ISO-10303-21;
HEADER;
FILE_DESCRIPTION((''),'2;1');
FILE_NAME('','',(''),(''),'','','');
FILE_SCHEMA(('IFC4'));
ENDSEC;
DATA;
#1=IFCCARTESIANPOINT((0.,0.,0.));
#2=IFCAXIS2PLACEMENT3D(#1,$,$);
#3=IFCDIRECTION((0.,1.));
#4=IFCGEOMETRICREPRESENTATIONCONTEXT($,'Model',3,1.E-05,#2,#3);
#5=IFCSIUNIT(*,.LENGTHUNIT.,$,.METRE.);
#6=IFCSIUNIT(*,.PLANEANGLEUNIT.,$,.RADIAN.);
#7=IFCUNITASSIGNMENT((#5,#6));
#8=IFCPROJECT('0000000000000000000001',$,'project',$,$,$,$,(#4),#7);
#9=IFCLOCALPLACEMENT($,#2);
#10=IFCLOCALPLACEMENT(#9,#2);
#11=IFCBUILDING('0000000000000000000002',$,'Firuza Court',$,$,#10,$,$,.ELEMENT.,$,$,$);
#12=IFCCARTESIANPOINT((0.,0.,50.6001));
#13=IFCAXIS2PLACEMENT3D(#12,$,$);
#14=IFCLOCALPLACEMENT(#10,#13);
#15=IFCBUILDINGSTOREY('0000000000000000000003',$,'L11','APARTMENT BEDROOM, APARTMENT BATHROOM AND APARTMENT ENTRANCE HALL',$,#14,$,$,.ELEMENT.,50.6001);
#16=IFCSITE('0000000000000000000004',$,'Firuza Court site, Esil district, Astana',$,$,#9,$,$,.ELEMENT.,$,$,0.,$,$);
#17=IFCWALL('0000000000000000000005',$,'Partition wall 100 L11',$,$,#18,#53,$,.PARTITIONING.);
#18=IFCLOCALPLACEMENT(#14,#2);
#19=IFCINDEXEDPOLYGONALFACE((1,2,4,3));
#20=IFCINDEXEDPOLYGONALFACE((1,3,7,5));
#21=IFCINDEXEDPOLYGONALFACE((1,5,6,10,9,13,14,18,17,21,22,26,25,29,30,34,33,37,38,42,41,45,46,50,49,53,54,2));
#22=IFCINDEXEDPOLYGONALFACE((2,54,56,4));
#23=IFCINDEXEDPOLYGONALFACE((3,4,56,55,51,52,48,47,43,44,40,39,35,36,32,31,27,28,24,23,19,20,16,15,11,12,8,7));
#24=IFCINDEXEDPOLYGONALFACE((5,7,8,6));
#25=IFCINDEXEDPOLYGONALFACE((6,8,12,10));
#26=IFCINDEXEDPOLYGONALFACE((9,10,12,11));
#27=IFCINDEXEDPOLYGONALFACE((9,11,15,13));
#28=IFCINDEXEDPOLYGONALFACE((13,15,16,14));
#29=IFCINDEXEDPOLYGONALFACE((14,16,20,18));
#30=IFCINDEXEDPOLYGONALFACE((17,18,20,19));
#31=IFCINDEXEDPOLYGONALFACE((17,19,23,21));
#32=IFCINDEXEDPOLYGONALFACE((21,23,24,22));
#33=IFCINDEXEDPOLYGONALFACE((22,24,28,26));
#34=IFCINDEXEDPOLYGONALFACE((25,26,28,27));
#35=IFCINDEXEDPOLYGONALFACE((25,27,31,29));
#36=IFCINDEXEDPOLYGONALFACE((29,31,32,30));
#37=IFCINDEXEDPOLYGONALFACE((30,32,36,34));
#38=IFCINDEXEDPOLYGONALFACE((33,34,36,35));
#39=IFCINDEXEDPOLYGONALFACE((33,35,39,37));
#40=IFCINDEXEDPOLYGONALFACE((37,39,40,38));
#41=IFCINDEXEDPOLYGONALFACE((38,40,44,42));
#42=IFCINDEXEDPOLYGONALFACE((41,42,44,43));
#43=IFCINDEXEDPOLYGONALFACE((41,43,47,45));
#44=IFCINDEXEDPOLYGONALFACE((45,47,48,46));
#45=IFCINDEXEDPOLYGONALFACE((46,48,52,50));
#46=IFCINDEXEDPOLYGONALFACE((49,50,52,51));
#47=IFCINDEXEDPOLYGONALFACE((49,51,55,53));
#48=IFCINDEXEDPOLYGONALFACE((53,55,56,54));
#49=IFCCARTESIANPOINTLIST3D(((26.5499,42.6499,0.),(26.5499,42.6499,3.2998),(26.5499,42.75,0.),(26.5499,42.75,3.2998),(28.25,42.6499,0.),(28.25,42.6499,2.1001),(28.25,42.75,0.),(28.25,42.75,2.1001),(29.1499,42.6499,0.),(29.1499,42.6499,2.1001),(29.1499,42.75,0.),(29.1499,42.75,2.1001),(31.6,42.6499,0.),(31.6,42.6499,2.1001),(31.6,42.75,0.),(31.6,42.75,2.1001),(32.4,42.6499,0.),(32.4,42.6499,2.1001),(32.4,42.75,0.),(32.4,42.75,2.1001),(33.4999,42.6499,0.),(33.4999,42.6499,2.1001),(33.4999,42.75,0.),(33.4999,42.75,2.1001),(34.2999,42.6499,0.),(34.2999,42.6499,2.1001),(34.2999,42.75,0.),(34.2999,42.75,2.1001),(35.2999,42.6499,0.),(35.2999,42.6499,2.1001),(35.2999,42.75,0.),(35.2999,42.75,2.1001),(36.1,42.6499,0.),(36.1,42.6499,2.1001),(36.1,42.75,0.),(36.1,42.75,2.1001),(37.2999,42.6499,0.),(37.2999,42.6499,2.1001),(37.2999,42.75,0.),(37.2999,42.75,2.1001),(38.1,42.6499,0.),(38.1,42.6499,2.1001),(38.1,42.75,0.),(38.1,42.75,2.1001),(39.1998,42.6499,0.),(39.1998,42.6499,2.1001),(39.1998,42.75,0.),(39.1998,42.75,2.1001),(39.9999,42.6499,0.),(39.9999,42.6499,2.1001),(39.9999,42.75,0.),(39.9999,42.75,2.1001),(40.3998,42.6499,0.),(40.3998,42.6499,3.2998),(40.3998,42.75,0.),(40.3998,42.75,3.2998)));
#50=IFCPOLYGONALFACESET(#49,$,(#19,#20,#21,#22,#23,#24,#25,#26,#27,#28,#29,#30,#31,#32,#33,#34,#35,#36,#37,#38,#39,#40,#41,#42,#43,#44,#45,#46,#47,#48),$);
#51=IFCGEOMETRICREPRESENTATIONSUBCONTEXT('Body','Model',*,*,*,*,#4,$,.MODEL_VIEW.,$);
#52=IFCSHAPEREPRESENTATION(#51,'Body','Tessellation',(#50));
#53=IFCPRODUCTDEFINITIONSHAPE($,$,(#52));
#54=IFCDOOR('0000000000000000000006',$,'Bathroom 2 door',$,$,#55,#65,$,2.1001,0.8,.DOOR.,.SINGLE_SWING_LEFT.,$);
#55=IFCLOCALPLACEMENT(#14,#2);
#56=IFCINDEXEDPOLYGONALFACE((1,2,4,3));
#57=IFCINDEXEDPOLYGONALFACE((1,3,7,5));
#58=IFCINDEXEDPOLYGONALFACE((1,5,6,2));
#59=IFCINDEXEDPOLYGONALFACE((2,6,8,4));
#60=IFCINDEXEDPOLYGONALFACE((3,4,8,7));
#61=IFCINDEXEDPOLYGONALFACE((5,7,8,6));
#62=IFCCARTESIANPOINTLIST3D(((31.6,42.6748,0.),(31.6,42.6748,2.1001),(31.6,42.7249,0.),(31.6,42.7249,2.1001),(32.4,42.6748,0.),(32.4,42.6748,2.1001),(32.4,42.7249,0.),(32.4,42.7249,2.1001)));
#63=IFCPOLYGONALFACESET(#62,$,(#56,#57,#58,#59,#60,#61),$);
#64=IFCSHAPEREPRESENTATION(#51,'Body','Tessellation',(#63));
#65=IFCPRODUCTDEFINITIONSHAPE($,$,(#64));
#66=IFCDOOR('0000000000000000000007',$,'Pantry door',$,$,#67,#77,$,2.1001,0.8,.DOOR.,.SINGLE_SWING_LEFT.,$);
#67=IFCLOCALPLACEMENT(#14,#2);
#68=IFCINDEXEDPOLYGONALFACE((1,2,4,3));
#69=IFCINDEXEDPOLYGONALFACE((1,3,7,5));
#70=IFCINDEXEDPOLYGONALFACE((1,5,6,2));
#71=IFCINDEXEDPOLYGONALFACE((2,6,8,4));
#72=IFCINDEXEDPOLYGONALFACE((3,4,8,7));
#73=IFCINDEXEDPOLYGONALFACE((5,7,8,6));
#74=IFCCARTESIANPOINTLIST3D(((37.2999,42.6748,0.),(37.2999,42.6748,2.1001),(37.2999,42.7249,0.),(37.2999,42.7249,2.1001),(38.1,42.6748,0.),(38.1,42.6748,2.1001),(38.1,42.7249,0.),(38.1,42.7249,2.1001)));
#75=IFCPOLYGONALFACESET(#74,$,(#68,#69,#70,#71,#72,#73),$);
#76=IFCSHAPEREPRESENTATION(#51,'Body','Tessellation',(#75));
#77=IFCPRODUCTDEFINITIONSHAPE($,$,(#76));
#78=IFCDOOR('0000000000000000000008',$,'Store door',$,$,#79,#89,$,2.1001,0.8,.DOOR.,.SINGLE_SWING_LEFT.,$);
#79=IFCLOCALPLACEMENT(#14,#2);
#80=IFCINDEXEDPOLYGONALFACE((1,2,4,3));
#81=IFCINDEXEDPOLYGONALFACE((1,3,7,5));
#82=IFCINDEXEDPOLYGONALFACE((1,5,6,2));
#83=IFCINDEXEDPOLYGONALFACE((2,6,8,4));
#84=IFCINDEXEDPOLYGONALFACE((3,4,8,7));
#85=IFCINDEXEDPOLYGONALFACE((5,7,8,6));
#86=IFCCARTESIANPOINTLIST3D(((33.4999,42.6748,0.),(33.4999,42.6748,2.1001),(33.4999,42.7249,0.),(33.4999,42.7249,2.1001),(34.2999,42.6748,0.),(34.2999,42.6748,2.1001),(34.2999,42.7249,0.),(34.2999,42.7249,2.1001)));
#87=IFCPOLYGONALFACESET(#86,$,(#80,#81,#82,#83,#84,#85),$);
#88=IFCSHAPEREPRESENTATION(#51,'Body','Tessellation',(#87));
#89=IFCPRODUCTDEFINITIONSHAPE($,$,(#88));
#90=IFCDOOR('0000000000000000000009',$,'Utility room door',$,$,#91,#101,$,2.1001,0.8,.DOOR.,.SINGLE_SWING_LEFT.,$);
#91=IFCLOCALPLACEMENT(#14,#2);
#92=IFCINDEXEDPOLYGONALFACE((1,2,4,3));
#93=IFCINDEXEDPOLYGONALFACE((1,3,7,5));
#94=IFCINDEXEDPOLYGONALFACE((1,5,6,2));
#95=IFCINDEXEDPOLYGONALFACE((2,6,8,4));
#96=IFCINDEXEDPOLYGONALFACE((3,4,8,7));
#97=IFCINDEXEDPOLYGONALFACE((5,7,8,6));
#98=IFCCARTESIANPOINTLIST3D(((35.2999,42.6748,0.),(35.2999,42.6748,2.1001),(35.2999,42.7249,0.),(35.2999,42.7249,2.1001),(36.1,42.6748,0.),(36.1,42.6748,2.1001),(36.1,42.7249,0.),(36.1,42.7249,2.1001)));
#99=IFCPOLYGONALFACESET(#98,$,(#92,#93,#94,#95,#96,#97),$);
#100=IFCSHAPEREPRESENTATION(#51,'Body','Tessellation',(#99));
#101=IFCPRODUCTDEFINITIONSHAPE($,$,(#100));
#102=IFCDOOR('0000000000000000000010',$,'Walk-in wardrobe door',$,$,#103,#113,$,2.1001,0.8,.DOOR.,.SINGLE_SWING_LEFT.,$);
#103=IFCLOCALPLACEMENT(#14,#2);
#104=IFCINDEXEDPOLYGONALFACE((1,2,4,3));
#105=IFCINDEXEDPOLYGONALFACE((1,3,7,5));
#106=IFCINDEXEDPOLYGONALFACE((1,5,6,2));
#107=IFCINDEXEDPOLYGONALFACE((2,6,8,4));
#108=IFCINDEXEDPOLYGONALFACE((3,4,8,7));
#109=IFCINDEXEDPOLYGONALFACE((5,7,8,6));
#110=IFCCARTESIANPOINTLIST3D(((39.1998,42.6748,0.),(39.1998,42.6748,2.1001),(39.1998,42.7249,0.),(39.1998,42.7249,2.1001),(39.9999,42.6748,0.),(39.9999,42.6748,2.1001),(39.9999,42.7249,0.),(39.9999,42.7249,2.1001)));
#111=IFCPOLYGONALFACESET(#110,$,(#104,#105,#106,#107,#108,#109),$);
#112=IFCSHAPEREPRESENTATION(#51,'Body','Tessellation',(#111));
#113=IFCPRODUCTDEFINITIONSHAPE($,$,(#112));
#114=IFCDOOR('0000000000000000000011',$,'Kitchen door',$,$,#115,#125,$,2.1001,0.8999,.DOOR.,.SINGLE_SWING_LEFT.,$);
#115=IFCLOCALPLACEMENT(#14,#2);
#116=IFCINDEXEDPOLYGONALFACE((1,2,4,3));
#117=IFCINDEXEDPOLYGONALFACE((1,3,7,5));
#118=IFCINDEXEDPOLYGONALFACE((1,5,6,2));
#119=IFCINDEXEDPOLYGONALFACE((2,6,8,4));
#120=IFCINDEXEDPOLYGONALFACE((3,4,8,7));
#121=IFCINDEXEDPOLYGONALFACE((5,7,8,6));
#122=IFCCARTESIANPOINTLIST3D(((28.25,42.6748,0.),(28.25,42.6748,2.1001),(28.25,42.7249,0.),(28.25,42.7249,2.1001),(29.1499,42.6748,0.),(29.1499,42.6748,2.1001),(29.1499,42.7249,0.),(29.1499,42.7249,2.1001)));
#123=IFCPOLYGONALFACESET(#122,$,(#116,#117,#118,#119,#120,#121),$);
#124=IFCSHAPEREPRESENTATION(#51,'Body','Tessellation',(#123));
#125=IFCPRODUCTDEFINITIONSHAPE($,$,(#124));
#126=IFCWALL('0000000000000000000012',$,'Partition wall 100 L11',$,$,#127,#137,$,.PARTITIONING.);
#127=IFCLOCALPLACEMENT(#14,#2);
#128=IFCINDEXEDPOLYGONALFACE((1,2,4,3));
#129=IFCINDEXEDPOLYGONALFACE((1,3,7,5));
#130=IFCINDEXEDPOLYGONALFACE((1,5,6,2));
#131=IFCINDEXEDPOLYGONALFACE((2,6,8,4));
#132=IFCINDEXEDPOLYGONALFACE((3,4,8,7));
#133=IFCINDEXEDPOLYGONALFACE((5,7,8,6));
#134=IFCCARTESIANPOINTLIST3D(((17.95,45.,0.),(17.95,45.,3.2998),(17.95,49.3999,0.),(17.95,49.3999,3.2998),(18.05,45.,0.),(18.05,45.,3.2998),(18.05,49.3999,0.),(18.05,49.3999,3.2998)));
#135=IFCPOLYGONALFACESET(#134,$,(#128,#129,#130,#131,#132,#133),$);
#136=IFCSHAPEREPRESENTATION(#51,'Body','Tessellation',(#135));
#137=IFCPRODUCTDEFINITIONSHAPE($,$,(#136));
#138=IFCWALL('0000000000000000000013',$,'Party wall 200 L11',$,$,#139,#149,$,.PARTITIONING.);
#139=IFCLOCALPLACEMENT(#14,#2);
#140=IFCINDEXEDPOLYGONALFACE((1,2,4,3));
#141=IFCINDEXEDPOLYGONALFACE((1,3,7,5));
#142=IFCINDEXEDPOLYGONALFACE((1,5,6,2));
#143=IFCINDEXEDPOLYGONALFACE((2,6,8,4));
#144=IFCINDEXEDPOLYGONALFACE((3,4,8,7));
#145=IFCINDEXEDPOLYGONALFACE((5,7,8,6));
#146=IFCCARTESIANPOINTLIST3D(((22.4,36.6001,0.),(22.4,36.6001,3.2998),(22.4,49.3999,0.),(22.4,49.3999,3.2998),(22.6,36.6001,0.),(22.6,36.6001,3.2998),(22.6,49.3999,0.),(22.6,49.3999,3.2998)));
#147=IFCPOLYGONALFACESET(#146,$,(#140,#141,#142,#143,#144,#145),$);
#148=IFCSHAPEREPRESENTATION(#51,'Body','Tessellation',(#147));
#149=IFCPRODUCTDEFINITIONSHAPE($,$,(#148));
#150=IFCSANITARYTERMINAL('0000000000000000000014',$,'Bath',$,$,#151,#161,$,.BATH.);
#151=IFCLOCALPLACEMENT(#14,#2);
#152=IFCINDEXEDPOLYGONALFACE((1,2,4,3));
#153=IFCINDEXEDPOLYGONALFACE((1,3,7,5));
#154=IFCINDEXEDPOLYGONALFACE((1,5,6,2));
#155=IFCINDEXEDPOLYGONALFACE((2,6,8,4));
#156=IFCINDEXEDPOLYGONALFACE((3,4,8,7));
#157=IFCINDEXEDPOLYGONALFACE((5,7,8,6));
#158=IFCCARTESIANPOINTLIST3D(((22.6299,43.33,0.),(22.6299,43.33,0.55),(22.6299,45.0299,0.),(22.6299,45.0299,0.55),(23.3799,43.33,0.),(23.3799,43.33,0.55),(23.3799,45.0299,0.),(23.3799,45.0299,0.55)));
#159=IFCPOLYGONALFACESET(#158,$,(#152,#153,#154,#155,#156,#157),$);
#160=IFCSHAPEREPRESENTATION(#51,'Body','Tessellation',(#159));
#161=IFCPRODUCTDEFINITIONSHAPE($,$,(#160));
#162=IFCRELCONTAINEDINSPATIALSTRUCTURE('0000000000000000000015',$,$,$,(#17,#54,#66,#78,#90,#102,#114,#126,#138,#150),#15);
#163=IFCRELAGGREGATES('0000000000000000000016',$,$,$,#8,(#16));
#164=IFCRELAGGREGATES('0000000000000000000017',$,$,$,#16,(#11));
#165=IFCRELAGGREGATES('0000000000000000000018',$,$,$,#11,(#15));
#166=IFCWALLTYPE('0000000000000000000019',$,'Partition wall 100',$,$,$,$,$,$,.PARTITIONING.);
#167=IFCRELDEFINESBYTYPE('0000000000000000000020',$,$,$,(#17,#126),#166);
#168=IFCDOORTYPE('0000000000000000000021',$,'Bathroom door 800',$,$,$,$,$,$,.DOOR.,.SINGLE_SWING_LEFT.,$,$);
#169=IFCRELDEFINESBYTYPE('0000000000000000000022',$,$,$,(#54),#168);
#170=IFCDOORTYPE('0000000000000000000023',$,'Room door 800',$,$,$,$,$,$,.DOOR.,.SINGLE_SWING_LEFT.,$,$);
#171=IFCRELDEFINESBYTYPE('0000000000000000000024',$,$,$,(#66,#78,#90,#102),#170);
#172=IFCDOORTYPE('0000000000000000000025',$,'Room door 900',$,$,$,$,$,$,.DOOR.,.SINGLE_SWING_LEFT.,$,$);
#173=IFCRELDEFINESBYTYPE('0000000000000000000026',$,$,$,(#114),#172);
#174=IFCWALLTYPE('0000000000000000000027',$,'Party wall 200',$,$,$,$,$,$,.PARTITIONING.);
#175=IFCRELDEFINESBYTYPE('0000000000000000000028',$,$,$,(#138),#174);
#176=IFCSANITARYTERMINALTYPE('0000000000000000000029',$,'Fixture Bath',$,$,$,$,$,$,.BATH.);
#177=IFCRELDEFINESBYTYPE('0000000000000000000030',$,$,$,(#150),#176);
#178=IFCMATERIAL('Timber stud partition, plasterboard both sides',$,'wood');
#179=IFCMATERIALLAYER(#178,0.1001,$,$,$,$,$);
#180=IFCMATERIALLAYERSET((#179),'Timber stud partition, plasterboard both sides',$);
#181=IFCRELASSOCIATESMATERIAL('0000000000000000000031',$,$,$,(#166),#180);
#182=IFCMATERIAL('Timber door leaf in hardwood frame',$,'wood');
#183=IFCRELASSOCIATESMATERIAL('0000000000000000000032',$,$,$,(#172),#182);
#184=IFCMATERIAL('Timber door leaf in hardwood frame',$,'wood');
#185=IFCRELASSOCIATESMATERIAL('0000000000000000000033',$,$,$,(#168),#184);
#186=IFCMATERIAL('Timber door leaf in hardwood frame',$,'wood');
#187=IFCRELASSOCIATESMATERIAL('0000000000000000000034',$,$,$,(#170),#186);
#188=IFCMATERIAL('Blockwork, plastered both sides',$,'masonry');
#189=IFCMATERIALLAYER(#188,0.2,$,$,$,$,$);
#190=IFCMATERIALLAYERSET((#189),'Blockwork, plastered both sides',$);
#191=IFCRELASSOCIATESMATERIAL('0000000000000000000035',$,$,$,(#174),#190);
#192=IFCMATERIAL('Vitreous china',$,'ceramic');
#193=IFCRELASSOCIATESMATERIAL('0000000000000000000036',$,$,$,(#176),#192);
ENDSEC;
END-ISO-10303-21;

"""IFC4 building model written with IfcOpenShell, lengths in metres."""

from ifc_helpers import new_model, si_unit, direction, frame, frame_2d, origin, origin_2d, place, context, subcontext, project, spatial, rectangle, extrude, material, layer, layer_set, type_object, element, fill, save


model = new_model("IFC4")

# Units and contexts
model_context = context("Model", 3, precision=1e-05, world=origin(), true_north=direction((0.0, 1.0)))
body_context = subcontext(model_context, "Body", "Model", "MODEL_VIEW")
ifc_project = project(units=[si_unit("LENGTHUNIT", "METRE"), si_unit("PLANEANGLEUNIT", "RADIAN")], contexts=[model_context])

# Site, building, storey
site_placement = place(None, origin())
site = spatial("IfcSite", under=ifc_project, at=site_placement, Name="Firuza Court site, Esil district, Astana", CompositionType="ELEMENT", RefElevation=0.0)
building_placement = place(site_placement, origin())
building = spatial("IfcBuilding", under=site, at=building_placement, Name="Firuza Court", CompositionType="ELEMENT")
storey_placement = place(building_placement, frame((0.0, 0.0, 50.6001)))
storey = spatial("IfcBuildingStorey", under=building, at=storey_placement, Name="L11", Description="APARTMENT BEDROOM, APARTMENT BATHROOM AND APARTMENT ENTRANCE HALL", CompositionType="ELEMENT", Elevation=50.6001)

# Shared definitions
ifc_material_1 = material(Name="Timber stud partition, plasterboard both sides", Category="wood")
ifc_layer_1 = layer(ifc_material_1, 0.1001)
ifc_layer_set_1 = layer_set([ifc_layer_1], Name="Timber stud partition, plasterboard both sides")
wall_type_1 = type_object("IfcWallType", Name="Partition wall 100", PredefinedType="PARTITIONING", material=ifc_layer_set_1)

# Shared definitions
ifc_material_2 = material(Name="Timber door leaf in hardwood frame", Category="wood")
door_type_1 = type_object("IfcDoorType", Name="Room door 900", OperationType="SINGLE_SWING_LEFT", PredefinedType="DOOR", material=ifc_material_2)

# Shared definitions
ifc_material_3 = material(Name="Timber door leaf in hardwood frame", Category="wood")
door_type_2 = type_object("IfcDoorType", Name="Bathroom door 800", OperationType="SINGLE_SWING_LEFT", PredefinedType="DOOR", material=ifc_material_3)

# Wall, openings, doors
wall_1_placement = place(storey_placement, frame((26.55, 42.7, 0.0), z_axis=(0.0, 0.0, 1.0), x_axis=(1.0, 0.0, 0.0)))
wall_1 = element("IfcWall", 1, at=wall_1_placement, inside=storey, type_object=wall_type_1, Name="Partition wall 100 L11", PredefinedType="PARTITIONING", context=body_context, shape_type="SweptSolid", body=[
    extrude(rectangle(XDim=13.8499, YDim=0.1001, at=frame_2d((6.9248, 0.0))), origin(), (0.0, 0.0, 1.0), 3.2998),
])
opening_1_placement = place(wall_1_placement, frame((5.05, 0.0, 0.0)))
opening_1 = element("IfcOpeningElement", 2, at=opening_1_placement, cuts=wall_1, PredefinedType="OPENING", context=body_context, shape_type="SweptSolid", body=[
    extrude(rectangle(XDim=0.8, YDim=2.1001, at=frame_2d((0.3999, 1.05))), frame((0.0, 0.062, 0.0), z_axis=(0.0, -1.0, 0.0), x_axis=(1.0, 0.0, 0.0)), (0.0, 0.0, 1.0), 0.124),
])
opening_2_placement = place(wall_1_placement, frame((1.7, 0.0, 0.0)))
opening_2 = element("IfcOpeningElement", 3, at=opening_2_placement, cuts=wall_1, PredefinedType="OPENING", context=body_context, shape_type="SweptSolid", body=[
    extrude(rectangle(XDim=0.8999, YDim=2.1001, at=frame_2d((0.45, 1.05))), frame((0.0, 0.062, 0.0), z_axis=(0.0, -1.0, 0.0), x_axis=(1.0, 0.0, 0.0)), (0.0, 0.0, 1.0), 0.124),
])
opening_3_placement = place(wall_1_placement, frame((10.75, 0.0, 0.0)))
opening_3 = element("IfcOpeningElement", 4, at=opening_3_placement, cuts=wall_1, PredefinedType="OPENING", context=body_context, shape_type="SweptSolid", body=[
    extrude(rectangle(XDim=0.8, YDim=2.1001, at=frame_2d((0.3999, 1.05))), frame((0.0, 0.062, 0.0), z_axis=(0.0, -1.0, 0.0), x_axis=(1.0, 0.0, 0.0)), (0.0, 0.0, 1.0), 0.124),
])
opening_4_placement = place(wall_1_placement, frame((6.95, 0.0, 0.0)))
opening_4 = element("IfcOpeningElement", 5, at=opening_4_placement, cuts=wall_1, PredefinedType="OPENING", context=body_context, shape_type="SweptSolid", body=[
    extrude(rectangle(XDim=0.8, YDim=2.1001, at=frame_2d((0.3999, 1.05))), frame((0.0, 0.062, 0.0), z_axis=(0.0, -1.0, 0.0), x_axis=(1.0, 0.0, 0.0)), (0.0, 0.0, 1.0), 0.124),
])
opening_5_placement = place(wall_1_placement, frame((8.75, 0.0, 0.0)))
opening_5 = element("IfcOpeningElement", 6, at=opening_5_placement, cuts=wall_1, PredefinedType="OPENING", context=body_context, shape_type="SweptSolid", body=[
    extrude(rectangle(XDim=0.8, YDim=2.1001, at=frame_2d((0.3999, 1.05))), frame((0.0, 0.062, 0.0), z_axis=(0.0, -1.0, 0.0), x_axis=(1.0, 0.0, 0.0)), (0.0, 0.0, 1.0), 0.124),
])
opening_6_placement = place(wall_1_placement, frame((12.6499, 0.0, 0.0)))
opening_6 = element("IfcOpeningElement", 7, at=opening_6_placement, cuts=wall_1, PredefinedType="OPENING", context=body_context, shape_type="SweptSolid", body=[
    extrude(rectangle(XDim=0.8, YDim=2.1001, at=frame_2d((0.3999, 1.05))), frame((0.0, 0.062, 0.0), z_axis=(0.0, -1.0, 0.0), x_axis=(1.0, 0.0, 0.0)), (0.0, 0.0, 1.0), 0.124),
])
door_1_placement = place(opening_1_placement, origin())
door_1 = element("IfcDoor", 8, at=door_1_placement, inside=storey, type_object=door_type_2, Name="Bathroom 2 door", OperationType="SINGLE_SWING_LEFT", OverallHeight=2.1001, OverallWidth=0.8, PredefinedType="DOOR", context=body_context, shape_type="SweptSolid", body=[
    extrude(rectangle(XDim=0.8, YDim=2.1001, at=frame_2d((0.3999, 1.05))), frame((0.0, 0.0249, 0.0), z_axis=(0.0, -1.0, 0.0), x_axis=(1.0, 0.0, 0.0)), (0.0, 0.0, 1.0), 0.05),
])
fill(opening_1, door_1)
ifc_material_4 = material(Name="Timber door leaf in hardwood frame", Category="wood")
door_type_3 = type_object("IfcDoorType", Name="Room door 800", OperationType="SINGLE_SWING_LEFT", PredefinedType="DOOR", material=ifc_material_4)
door_2_placement = place(opening_3_placement, origin())
door_2 = element("IfcDoor", 9, at=door_2_placement, inside=storey, type_object=door_type_3, Name="Pantry door", OperationType="SINGLE_SWING_LEFT", OverallHeight=2.1001, OverallWidth=0.8, PredefinedType="DOOR", context=body_context, shape_type="SweptSolid", body=[
    extrude(rectangle(XDim=0.8, YDim=2.1001, at=frame_2d((0.3999, 1.05))), frame((0.0, 0.0249, 0.0), z_axis=(0.0, -1.0, 0.0), x_axis=(1.0, 0.0, 0.0)), (0.0, 0.0, 1.0), 0.05),
])
fill(opening_3, door_2)
door_3_placement = place(opening_4_placement, origin())
door_3 = element("IfcDoor", 10, at=door_3_placement, inside=storey, type_object=door_type_3, Name="Store door", OperationType="SINGLE_SWING_LEFT", OverallHeight=2.1001, OverallWidth=0.8, PredefinedType="DOOR", context=body_context, shape_type="SweptSolid", body=[
    extrude(rectangle(XDim=0.8, YDim=2.1001, at=frame_2d((0.3999, 1.05))), frame((0.0, 0.0249, 0.0), z_axis=(0.0, -1.0, 0.0), x_axis=(1.0, 0.0, 0.0)), (0.0, 0.0, 1.0), 0.05),
])
fill(opening_4, door_3)
door_4_placement = place(opening_5_placement, origin())
door_4 = element("IfcDoor", 11, at=door_4_placement, inside=storey, type_object=door_type_3, Name="Utility room door", OperationType="SINGLE_SWING_LEFT", OverallHeight=2.1001, OverallWidth=0.8, PredefinedType="DOOR", context=body_context, shape_type="SweptSolid", body=[
    extrude(rectangle(XDim=0.8, YDim=2.1001, at=frame_2d((0.3999, 1.05))), frame((0.0, 0.0249, 0.0), z_axis=(0.0, -1.0, 0.0), x_axis=(1.0, 0.0, 0.0)), (0.0, 0.0, 1.0), 0.05),
])
fill(opening_5, door_4)
door_5_placement = place(opening_6_placement, origin())
door_5 = element("IfcDoor", 12, at=door_5_placement, inside=storey, type_object=door_type_3, Name="Walk-in wardrobe door", OperationType="SINGLE_SWING_LEFT", OverallHeight=2.1001, OverallWidth=0.8, PredefinedType="DOOR", context=body_context, shape_type="SweptSolid", body=[
    extrude(rectangle(XDim=0.8, YDim=2.1001, at=frame_2d((0.3999, 1.05))), frame((0.0, 0.0249, 0.0), z_axis=(0.0, -1.0, 0.0), x_axis=(1.0, 0.0, 0.0)), (0.0, 0.0, 1.0), 0.05),
])
fill(opening_6, door_5)
door_6_placement = place(opening_2_placement, origin())
door_6 = element("IfcDoor", 13, at=door_6_placement, inside=storey, type_object=door_type_1, Name="Kitchen door", OperationType="SINGLE_SWING_LEFT", OverallHeight=2.1001, OverallWidth=0.8999, PredefinedType="DOOR", context=body_context, shape_type="SweptSolid", body=[
    extrude(rectangle(XDim=0.8999, YDim=2.1001, at=frame_2d((0.45, 1.05))), frame((0.0, 0.0249, 0.0), z_axis=(0.0, -1.0, 0.0), x_axis=(1.0, 0.0, 0.0)), (0.0, 0.0, 1.0), 0.05),
])
fill(opening_2, door_6)

# Walls
wall_2_placement = place(storey_placement, frame((18.0, 45.0, 0.0), z_axis=(0.0, 0.0, 1.0), x_axis=(0.0, 1.0, 0.0)))
element("IfcWall", 14, at=wall_2_placement, inside=storey, type_object=wall_type_1, Name="Partition wall 100 L11", PredefinedType="PARTITIONING", context=body_context, shape_type="SweptSolid", body=[
    extrude(rectangle(XDim=4.3999, YDim=0.1001, at=frame_2d((2.2, 0.0))), origin(), (0.0, 0.0, 1.0), 3.2998),
])
ifc_material_5 = material(Name="Blockwork, plastered both sides", Category="masonry")
ifc_layer_2 = layer(ifc_material_5, 0.2)
ifc_layer_set_2 = layer_set([ifc_layer_2], Name="Blockwork, plastered both sides")
wall_type_2 = type_object("IfcWallType", Name="Party wall 200", PredefinedType="PARTITIONING", material=ifc_layer_set_2)
wall_3_placement = place(storey_placement, frame((22.5, 36.6001, 0.0), z_axis=(0.0, 0.0, 1.0), x_axis=(0.0, 1.0, 0.0)))
element("IfcWall", 15, at=wall_3_placement, inside=storey, type_object=wall_type_2, Name="Party wall 200 L11", PredefinedType="PARTITIONING", context=body_context, shape_type="SweptSolid", body=[
    extrude(rectangle(XDim=12.7998, YDim=0.2, at=frame_2d((6.3999, 0.0))), origin(), (0.0, 0.0, 1.0), 3.2998),
])

# Sanitary terminal
ifc_material_6 = material(Name="Vitreous china", Category="ceramic")
sanitary_terminal_type_1 = type_object("IfcSanitaryTerminalType", Name="Fixture Bath", PredefinedType="BATH", material=ifc_material_6)
sanitary_terminal_placement = place(storey_placement, frame((23.0049, 44.1799, 0.0), z_axis=(0.0, 0.0, 1.0), x_axis=(1.0, 0.0, 0.0)))
element("IfcSanitaryTerminal", 16, at=sanitary_terminal_placement, inside=storey, type_object=sanitary_terminal_type_1, Name="Bath", PredefinedType="BATH", context=body_context, shape_type="SweptSolid", body=[
    extrude(rectangle(XDim=0.75, YDim=1.7, at=origin_2d()), origin(), (0.0, 0.0, 1.0), 0.55),
])

save(model, "model.ifc")
